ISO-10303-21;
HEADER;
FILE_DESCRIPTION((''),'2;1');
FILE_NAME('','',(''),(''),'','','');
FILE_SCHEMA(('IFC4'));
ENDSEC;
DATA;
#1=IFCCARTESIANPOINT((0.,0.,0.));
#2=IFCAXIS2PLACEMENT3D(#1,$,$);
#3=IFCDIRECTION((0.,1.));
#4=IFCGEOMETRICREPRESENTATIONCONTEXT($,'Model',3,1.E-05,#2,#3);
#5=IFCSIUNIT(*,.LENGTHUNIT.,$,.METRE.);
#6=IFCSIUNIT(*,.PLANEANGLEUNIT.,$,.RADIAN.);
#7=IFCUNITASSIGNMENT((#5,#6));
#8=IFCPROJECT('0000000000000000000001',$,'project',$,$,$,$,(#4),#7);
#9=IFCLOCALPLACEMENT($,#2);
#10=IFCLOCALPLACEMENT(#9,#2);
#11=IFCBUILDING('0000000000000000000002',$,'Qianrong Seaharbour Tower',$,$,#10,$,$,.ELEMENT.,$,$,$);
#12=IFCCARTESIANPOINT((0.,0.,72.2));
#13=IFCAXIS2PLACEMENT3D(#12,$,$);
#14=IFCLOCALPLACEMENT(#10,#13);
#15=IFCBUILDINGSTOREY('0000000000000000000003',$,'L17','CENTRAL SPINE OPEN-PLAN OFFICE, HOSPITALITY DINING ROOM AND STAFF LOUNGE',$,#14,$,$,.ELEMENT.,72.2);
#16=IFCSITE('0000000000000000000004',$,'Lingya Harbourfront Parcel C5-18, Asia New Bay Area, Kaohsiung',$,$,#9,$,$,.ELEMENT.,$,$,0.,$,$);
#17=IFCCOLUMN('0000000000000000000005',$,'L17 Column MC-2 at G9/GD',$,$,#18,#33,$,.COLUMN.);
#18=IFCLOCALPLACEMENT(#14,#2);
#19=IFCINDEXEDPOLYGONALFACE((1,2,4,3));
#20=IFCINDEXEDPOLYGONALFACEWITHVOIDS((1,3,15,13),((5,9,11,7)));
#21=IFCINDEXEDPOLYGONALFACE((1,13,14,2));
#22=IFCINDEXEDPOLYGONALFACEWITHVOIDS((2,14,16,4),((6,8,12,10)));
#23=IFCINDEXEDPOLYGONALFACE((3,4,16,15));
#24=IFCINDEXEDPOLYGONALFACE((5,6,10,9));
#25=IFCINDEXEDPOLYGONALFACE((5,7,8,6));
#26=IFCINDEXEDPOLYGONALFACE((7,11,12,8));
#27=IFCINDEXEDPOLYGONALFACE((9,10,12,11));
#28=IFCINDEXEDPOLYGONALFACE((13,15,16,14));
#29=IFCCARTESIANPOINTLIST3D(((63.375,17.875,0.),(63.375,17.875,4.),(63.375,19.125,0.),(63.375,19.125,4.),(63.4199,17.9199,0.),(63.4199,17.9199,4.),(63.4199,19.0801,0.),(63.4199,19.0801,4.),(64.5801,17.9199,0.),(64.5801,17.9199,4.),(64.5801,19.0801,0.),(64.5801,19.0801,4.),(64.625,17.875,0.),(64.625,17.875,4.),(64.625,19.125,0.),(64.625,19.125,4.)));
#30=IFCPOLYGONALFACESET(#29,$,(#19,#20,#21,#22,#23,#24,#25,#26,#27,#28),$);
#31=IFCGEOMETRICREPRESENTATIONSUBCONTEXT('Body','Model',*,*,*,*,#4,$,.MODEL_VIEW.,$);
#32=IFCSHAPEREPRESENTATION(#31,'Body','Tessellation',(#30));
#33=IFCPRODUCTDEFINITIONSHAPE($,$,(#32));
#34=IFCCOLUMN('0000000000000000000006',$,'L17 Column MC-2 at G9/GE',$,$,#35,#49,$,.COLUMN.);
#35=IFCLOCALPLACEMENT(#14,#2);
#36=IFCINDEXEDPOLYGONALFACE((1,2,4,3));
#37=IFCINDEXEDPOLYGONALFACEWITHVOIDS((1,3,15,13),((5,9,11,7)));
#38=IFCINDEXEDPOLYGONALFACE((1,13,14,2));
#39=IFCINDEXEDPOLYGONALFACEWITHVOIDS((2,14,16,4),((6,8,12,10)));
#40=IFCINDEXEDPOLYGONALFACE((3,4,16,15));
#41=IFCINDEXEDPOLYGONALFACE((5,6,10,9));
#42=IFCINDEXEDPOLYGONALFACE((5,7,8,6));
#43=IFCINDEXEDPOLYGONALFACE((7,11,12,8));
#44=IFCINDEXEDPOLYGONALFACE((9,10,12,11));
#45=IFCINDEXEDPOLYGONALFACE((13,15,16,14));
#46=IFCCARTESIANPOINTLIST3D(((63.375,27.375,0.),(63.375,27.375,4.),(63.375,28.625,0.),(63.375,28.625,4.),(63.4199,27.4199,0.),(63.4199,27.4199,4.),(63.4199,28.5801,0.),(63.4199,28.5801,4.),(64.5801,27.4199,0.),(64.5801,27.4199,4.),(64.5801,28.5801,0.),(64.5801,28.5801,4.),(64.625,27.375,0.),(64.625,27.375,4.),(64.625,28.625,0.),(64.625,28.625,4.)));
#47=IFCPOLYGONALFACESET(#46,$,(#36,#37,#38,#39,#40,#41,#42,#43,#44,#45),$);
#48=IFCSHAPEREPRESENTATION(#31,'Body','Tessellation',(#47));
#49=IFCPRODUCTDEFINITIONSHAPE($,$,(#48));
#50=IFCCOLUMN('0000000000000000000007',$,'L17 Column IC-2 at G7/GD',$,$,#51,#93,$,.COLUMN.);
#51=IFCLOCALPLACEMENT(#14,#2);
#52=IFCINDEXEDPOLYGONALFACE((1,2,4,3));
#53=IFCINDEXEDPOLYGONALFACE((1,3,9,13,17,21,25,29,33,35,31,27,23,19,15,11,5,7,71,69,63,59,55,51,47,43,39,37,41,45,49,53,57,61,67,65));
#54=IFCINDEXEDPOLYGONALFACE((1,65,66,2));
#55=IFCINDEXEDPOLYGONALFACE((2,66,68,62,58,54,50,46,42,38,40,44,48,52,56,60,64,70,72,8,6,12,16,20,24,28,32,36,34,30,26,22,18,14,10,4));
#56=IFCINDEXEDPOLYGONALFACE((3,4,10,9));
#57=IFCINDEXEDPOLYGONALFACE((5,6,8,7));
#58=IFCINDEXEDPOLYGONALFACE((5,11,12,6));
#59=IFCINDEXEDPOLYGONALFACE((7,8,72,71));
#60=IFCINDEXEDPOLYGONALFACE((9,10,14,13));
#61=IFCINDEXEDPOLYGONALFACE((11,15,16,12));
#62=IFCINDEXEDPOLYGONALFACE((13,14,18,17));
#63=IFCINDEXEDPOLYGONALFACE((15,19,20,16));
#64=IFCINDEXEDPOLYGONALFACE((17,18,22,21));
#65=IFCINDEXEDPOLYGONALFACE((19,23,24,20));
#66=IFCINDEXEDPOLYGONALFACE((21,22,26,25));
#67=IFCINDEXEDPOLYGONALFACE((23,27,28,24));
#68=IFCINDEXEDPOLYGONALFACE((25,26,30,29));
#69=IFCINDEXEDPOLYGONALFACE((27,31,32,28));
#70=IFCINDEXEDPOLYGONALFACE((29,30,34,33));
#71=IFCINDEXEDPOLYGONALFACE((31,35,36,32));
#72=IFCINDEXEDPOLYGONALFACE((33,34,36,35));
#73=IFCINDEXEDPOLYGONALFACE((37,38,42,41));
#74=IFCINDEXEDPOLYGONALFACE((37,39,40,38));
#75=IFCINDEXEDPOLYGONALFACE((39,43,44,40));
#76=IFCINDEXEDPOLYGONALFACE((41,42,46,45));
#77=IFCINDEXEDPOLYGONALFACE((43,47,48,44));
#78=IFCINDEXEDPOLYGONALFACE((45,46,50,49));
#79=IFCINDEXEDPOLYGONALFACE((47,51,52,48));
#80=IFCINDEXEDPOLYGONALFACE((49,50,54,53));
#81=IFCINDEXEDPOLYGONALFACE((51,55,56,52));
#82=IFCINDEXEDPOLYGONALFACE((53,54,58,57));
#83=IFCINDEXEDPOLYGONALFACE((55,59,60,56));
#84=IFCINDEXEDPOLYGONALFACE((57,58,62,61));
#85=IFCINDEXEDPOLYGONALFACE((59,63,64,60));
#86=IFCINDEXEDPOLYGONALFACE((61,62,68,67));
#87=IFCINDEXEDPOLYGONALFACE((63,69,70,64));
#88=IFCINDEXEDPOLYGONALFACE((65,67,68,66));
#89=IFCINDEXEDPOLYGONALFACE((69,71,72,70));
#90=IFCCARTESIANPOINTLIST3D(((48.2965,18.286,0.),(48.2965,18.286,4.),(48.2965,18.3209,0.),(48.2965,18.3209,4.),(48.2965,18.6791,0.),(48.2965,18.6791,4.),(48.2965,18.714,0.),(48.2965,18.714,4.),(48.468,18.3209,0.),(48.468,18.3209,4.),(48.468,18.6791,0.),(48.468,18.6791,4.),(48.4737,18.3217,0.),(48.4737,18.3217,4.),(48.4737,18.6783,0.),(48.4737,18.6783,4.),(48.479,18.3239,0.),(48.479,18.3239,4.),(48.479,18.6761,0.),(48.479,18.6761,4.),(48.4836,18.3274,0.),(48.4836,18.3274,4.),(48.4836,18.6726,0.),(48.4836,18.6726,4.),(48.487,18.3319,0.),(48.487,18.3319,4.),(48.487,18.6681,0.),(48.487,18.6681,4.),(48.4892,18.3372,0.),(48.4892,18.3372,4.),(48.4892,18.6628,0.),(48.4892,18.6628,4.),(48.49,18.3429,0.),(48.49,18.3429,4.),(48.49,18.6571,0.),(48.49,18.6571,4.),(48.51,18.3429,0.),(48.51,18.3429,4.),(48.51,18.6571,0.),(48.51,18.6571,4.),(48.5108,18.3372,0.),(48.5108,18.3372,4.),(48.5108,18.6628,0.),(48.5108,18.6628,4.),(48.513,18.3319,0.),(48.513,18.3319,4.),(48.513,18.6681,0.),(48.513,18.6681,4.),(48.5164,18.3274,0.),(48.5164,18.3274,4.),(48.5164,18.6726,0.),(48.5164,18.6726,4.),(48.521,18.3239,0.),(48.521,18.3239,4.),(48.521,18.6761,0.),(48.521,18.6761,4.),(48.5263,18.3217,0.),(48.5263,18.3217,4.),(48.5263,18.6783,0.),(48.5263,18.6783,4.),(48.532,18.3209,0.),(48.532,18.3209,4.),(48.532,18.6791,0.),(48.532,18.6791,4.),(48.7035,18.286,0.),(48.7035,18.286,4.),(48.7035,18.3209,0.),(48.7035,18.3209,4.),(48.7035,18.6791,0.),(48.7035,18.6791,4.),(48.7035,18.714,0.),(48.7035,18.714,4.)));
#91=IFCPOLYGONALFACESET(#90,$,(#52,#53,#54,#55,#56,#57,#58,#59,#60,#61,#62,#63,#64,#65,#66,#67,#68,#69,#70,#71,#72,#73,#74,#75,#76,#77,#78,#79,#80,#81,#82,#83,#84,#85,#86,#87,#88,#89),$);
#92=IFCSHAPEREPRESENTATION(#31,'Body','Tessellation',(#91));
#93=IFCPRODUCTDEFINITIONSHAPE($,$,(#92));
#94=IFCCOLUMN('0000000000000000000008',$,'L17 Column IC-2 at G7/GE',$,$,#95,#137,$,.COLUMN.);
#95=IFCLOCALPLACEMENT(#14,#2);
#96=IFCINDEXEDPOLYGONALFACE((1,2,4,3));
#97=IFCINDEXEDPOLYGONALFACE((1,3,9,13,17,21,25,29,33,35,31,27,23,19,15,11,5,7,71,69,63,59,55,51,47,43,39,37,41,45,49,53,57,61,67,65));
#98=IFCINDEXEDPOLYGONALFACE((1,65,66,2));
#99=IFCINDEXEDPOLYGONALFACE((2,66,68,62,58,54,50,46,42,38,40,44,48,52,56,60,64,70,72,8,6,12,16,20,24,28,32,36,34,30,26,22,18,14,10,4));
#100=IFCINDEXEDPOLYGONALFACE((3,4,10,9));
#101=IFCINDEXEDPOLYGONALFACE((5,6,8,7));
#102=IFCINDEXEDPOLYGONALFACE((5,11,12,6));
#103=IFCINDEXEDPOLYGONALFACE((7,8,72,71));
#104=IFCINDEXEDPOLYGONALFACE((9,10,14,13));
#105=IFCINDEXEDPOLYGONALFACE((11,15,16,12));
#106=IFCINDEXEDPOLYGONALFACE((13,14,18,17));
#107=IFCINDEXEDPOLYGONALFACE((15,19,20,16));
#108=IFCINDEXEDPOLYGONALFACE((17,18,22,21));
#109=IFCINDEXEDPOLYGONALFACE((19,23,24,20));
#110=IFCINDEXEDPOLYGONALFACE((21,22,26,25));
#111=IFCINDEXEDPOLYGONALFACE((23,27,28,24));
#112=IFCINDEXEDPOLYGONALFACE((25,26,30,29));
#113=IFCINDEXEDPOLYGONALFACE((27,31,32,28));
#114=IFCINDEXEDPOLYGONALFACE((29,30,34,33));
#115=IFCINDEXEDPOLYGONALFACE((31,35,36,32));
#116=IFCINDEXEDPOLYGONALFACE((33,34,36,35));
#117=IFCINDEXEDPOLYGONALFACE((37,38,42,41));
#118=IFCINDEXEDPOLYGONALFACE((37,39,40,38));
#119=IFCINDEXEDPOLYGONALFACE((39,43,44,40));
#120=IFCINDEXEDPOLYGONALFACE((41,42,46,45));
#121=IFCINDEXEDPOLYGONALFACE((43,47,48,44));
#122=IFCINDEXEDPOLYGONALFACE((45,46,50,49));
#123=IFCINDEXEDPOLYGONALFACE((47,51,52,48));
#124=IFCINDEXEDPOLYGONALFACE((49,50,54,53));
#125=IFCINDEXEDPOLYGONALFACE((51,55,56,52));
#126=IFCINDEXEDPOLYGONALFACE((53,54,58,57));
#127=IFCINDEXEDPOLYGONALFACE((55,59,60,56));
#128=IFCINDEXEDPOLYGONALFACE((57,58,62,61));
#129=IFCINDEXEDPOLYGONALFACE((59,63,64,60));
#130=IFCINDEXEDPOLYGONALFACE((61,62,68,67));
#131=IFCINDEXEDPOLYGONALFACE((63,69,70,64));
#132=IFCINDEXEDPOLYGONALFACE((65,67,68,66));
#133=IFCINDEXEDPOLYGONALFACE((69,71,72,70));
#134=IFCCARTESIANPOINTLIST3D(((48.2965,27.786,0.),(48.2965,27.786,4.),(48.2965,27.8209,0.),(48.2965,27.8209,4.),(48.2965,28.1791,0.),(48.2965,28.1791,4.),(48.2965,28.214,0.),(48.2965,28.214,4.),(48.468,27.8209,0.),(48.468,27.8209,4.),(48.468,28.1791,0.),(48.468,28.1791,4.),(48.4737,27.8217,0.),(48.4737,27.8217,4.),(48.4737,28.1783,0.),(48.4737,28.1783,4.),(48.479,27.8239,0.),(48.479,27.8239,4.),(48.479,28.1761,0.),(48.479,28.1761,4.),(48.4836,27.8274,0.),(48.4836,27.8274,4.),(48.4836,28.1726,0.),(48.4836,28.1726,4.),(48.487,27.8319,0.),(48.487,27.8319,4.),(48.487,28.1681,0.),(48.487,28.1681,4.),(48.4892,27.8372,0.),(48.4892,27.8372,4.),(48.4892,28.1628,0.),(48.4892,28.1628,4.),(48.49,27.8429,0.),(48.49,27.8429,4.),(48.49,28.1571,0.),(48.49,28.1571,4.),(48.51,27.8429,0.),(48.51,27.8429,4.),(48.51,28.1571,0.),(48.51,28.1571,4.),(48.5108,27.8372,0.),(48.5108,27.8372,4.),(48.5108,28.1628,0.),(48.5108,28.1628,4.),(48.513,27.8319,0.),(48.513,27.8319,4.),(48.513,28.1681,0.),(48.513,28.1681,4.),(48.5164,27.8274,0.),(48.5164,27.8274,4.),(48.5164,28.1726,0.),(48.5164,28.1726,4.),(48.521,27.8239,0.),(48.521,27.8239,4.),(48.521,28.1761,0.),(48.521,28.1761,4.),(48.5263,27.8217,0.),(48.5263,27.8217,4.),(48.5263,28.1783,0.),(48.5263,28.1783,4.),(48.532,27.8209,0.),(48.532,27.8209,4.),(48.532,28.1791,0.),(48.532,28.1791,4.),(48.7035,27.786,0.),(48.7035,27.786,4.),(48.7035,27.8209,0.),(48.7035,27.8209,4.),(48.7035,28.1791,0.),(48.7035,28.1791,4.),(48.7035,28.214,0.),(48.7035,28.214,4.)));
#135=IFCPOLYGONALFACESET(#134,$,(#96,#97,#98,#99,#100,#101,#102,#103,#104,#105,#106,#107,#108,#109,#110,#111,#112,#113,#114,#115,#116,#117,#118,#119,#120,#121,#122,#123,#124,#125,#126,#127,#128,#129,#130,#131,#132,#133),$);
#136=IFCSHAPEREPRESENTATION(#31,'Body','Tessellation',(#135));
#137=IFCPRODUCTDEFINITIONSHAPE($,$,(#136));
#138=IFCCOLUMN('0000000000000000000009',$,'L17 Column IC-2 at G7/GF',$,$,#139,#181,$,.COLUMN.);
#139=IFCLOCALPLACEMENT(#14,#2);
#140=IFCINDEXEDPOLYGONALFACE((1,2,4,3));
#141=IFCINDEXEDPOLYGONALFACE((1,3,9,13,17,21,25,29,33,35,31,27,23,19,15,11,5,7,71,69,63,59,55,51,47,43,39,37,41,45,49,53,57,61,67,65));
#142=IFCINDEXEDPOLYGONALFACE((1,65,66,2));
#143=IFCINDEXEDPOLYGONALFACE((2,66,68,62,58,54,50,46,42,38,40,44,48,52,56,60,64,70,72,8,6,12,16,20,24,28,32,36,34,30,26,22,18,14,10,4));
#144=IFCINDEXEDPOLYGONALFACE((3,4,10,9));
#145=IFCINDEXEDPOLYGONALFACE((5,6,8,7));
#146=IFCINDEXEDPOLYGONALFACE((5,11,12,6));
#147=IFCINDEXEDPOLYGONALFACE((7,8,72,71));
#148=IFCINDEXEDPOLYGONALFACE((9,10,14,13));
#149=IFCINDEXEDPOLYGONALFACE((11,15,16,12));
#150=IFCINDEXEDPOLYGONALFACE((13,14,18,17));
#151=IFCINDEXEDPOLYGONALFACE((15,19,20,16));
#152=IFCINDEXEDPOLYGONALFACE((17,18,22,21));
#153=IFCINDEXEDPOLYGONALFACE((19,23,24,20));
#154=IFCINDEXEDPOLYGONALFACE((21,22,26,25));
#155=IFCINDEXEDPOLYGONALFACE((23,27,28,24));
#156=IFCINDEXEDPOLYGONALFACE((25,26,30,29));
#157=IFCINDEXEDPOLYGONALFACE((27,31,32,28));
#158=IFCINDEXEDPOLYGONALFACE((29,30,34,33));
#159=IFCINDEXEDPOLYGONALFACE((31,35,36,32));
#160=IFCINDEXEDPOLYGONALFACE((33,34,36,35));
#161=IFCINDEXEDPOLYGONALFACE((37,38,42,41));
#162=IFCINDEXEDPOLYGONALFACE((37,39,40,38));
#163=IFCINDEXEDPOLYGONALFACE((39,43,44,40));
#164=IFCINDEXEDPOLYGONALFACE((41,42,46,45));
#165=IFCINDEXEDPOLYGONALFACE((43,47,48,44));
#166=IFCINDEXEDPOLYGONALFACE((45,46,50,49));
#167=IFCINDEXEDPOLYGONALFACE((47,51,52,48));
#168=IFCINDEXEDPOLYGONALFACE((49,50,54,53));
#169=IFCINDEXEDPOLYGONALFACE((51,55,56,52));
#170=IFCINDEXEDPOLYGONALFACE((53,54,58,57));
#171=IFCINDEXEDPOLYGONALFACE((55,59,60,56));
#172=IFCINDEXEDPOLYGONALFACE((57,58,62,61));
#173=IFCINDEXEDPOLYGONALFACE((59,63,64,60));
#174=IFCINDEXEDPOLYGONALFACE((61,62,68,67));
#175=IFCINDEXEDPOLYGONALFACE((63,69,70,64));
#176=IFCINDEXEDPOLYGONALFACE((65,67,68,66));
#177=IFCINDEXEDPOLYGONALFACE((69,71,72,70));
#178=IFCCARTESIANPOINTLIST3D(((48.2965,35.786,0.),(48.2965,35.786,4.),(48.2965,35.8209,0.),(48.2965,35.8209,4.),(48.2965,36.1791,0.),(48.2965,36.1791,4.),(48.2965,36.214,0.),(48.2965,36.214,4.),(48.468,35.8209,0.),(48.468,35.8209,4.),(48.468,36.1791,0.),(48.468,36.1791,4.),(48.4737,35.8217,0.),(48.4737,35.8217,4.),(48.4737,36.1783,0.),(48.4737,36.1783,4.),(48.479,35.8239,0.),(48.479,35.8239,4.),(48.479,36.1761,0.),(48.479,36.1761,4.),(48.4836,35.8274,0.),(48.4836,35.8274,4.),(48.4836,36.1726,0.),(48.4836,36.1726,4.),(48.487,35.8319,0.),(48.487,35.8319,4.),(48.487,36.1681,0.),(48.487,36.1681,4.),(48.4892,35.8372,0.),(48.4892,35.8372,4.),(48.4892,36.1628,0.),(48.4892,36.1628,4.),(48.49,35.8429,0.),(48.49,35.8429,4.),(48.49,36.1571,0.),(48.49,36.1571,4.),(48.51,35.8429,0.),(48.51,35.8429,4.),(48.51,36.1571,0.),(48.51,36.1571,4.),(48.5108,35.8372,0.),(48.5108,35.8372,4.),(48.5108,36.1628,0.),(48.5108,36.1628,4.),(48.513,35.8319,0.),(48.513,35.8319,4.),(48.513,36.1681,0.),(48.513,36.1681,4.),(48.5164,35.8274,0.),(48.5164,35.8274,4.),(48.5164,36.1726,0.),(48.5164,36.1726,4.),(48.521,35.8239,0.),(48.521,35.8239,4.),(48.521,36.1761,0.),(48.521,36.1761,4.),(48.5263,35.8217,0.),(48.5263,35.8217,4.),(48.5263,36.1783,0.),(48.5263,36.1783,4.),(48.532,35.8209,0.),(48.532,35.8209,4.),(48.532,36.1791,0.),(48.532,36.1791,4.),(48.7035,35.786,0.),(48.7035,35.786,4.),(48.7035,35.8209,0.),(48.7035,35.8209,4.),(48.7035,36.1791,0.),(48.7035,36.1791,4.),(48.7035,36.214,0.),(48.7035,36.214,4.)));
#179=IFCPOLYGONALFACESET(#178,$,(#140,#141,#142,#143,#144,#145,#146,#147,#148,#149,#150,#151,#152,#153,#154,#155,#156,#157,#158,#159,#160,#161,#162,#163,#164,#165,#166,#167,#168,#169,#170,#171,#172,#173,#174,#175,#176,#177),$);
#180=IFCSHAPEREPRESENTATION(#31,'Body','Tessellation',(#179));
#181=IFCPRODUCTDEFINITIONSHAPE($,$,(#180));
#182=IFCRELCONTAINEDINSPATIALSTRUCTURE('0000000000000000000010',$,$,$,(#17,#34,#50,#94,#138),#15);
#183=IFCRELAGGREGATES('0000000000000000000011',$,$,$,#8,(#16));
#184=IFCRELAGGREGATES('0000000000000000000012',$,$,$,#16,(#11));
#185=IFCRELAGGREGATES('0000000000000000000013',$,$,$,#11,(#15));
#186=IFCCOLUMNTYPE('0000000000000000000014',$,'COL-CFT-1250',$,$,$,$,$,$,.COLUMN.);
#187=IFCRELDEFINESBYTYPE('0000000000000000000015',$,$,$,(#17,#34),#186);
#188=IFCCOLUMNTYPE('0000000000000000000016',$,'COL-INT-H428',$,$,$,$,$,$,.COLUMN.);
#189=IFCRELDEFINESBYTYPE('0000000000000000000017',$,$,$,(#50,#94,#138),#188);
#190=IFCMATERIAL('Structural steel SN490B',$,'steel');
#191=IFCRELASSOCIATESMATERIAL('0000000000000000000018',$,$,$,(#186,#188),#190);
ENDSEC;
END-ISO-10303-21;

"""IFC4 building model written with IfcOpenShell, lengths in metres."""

from ifc_helpers import new_model, si_unit, direction, frame, origin, origin_2d, place, context, subcontext, project, spatial, hollow_rectangle, i_section, extrude, material, material_profile, profile_set, type_object, element, save


model = new_model("IFC4")

# Units and contexts
model_context = context("Model", 3, precision=1e-05, world=origin(), true_north=direction((0.0, 1.0)))
body_context = subcontext(model_context, "Body", "Model", "MODEL_VIEW")
ifc_project = project(units=[si_unit("LENGTHUNIT", "METRE"), si_unit("PLANEANGLEUNIT", "RADIAN")], contexts=[model_context])

# Site, building, storey
site_placement = place(None, origin())
site = spatial("IfcSite", under=ifc_project, at=site_placement, Name="Lingya Harbourfront Parcel C5-18, Asia New Bay Area, Kaohsiung", CompositionType="ELEMENT", RefElevation=0.0)
building_placement = place(site_placement, origin())
building = spatial("IfcBuilding", under=site, at=building_placement, Name="Qianrong Seaharbour Tower", CompositionType="ELEMENT")
storey_placement = place(building_placement, frame((0.0, 0.0, 72.2)))
storey = spatial("IfcBuildingStorey", under=building, at=storey_placement, Name="L17", Description="CENTRAL SPINE OPEN-PLAN OFFICE, HOSPITALITY DINING ROOM AND STAFF LOUNGE", CompositionType="ELEMENT", Elevation=72.2)

# Columns
ifc_material_1 = material(Name="Structural steel SN490B", Category="steel")
ifc_material_profile_1 = material_profile(ifc_material_1, hollow_rectangle(XDim=1.25, YDim=1.25, WallThickness=0.0449, at=origin_2d()), Name="BOX1250x1250x45")
ifc_profile_set_1 = profile_set([ifc_material_profile_1], Name="Structural steel SN490B")
column_type_1 = type_object("IfcColumnType", Name="COL-CFT-1250", PredefinedType="COLUMN", material=ifc_profile_set_1)
for number, where, z_axis, x_axis, name in (
    (1, (64.0, 18.5, 0.0), (0.0, 0.0, 1.0), (1.0, 0.0, 0.0), "L17 Column MC-2 at G9/GD"),
    (2, (64.0, 28.0, 0.0), (0.0, 0.0, 1.0), (1.0, 0.0, 0.0), "L17 Column MC-2 at G9/GE"),
):
    element("IfcColumn", number, at=place(storey_placement, frame(where, z_axis=z_axis, x_axis=x_axis)), inside=storey, type_object=column_type_1, Name=name, PredefinedType="COLUMN", context=body_context, shape_type="SweptSolid", body=[
        extrude(hollow_rectangle(XDim=1.25, YDim=1.25, WallThickness=0.0449, at=origin_2d()), origin(), (0.0, 0.0, 1.0), 4.0),
    ])
ifc_material_profile_2 = material_profile(ifc_material_1, i_section(OverallWidth=0.407, OverallDepth=0.428, WebThickness=0.02, FlangeThickness=0.0349, FilletRadius=0.022, at=origin_2d()), Name="H428x407x20x35")
ifc_profile_set_2 = profile_set([ifc_material_profile_2], Name="Structural steel SN490B")
column_type_2 = type_object("IfcColumnType", Name="COL-INT-H428", PredefinedType="COLUMN", material=ifc_profile_set_2)
for number, where, z_axis, x_axis, name in (
    (3, (48.5, 18.5, 0.0), (0.0, 0.0, 1.0), (1.0, 0.0, 0.0), "L17 Column IC-2 at G7/GD"),
    (4, (48.5, 28.0, 0.0), (0.0, 0.0, 1.0), (1.0, 0.0, 0.0), "L17 Column IC-2 at G7/GE"),
    (5, (48.5, 36.0, 0.0), (0.0, 0.0, 1.0), (1.0, 0.0, 0.0), "L17 Column IC-2 at G7/GF"),
):
    element("IfcColumn", number, at=place(storey_placement, frame(where, z_axis=z_axis, x_axis=x_axis)), inside=storey, type_object=column_type_2, Name=name, PredefinedType="COLUMN", context=body_context, shape_type="SweptSolid", body=[
        extrude(i_section(OverallWidth=0.407, OverallDepth=0.428, WebThickness=0.02, FlangeThickness=0.0349, FilletRadius=0.022, at=origin_2d()), origin(), (0.0, 0.0, 1.0), 4.0),
    ])

save(model, "model.ifc")
